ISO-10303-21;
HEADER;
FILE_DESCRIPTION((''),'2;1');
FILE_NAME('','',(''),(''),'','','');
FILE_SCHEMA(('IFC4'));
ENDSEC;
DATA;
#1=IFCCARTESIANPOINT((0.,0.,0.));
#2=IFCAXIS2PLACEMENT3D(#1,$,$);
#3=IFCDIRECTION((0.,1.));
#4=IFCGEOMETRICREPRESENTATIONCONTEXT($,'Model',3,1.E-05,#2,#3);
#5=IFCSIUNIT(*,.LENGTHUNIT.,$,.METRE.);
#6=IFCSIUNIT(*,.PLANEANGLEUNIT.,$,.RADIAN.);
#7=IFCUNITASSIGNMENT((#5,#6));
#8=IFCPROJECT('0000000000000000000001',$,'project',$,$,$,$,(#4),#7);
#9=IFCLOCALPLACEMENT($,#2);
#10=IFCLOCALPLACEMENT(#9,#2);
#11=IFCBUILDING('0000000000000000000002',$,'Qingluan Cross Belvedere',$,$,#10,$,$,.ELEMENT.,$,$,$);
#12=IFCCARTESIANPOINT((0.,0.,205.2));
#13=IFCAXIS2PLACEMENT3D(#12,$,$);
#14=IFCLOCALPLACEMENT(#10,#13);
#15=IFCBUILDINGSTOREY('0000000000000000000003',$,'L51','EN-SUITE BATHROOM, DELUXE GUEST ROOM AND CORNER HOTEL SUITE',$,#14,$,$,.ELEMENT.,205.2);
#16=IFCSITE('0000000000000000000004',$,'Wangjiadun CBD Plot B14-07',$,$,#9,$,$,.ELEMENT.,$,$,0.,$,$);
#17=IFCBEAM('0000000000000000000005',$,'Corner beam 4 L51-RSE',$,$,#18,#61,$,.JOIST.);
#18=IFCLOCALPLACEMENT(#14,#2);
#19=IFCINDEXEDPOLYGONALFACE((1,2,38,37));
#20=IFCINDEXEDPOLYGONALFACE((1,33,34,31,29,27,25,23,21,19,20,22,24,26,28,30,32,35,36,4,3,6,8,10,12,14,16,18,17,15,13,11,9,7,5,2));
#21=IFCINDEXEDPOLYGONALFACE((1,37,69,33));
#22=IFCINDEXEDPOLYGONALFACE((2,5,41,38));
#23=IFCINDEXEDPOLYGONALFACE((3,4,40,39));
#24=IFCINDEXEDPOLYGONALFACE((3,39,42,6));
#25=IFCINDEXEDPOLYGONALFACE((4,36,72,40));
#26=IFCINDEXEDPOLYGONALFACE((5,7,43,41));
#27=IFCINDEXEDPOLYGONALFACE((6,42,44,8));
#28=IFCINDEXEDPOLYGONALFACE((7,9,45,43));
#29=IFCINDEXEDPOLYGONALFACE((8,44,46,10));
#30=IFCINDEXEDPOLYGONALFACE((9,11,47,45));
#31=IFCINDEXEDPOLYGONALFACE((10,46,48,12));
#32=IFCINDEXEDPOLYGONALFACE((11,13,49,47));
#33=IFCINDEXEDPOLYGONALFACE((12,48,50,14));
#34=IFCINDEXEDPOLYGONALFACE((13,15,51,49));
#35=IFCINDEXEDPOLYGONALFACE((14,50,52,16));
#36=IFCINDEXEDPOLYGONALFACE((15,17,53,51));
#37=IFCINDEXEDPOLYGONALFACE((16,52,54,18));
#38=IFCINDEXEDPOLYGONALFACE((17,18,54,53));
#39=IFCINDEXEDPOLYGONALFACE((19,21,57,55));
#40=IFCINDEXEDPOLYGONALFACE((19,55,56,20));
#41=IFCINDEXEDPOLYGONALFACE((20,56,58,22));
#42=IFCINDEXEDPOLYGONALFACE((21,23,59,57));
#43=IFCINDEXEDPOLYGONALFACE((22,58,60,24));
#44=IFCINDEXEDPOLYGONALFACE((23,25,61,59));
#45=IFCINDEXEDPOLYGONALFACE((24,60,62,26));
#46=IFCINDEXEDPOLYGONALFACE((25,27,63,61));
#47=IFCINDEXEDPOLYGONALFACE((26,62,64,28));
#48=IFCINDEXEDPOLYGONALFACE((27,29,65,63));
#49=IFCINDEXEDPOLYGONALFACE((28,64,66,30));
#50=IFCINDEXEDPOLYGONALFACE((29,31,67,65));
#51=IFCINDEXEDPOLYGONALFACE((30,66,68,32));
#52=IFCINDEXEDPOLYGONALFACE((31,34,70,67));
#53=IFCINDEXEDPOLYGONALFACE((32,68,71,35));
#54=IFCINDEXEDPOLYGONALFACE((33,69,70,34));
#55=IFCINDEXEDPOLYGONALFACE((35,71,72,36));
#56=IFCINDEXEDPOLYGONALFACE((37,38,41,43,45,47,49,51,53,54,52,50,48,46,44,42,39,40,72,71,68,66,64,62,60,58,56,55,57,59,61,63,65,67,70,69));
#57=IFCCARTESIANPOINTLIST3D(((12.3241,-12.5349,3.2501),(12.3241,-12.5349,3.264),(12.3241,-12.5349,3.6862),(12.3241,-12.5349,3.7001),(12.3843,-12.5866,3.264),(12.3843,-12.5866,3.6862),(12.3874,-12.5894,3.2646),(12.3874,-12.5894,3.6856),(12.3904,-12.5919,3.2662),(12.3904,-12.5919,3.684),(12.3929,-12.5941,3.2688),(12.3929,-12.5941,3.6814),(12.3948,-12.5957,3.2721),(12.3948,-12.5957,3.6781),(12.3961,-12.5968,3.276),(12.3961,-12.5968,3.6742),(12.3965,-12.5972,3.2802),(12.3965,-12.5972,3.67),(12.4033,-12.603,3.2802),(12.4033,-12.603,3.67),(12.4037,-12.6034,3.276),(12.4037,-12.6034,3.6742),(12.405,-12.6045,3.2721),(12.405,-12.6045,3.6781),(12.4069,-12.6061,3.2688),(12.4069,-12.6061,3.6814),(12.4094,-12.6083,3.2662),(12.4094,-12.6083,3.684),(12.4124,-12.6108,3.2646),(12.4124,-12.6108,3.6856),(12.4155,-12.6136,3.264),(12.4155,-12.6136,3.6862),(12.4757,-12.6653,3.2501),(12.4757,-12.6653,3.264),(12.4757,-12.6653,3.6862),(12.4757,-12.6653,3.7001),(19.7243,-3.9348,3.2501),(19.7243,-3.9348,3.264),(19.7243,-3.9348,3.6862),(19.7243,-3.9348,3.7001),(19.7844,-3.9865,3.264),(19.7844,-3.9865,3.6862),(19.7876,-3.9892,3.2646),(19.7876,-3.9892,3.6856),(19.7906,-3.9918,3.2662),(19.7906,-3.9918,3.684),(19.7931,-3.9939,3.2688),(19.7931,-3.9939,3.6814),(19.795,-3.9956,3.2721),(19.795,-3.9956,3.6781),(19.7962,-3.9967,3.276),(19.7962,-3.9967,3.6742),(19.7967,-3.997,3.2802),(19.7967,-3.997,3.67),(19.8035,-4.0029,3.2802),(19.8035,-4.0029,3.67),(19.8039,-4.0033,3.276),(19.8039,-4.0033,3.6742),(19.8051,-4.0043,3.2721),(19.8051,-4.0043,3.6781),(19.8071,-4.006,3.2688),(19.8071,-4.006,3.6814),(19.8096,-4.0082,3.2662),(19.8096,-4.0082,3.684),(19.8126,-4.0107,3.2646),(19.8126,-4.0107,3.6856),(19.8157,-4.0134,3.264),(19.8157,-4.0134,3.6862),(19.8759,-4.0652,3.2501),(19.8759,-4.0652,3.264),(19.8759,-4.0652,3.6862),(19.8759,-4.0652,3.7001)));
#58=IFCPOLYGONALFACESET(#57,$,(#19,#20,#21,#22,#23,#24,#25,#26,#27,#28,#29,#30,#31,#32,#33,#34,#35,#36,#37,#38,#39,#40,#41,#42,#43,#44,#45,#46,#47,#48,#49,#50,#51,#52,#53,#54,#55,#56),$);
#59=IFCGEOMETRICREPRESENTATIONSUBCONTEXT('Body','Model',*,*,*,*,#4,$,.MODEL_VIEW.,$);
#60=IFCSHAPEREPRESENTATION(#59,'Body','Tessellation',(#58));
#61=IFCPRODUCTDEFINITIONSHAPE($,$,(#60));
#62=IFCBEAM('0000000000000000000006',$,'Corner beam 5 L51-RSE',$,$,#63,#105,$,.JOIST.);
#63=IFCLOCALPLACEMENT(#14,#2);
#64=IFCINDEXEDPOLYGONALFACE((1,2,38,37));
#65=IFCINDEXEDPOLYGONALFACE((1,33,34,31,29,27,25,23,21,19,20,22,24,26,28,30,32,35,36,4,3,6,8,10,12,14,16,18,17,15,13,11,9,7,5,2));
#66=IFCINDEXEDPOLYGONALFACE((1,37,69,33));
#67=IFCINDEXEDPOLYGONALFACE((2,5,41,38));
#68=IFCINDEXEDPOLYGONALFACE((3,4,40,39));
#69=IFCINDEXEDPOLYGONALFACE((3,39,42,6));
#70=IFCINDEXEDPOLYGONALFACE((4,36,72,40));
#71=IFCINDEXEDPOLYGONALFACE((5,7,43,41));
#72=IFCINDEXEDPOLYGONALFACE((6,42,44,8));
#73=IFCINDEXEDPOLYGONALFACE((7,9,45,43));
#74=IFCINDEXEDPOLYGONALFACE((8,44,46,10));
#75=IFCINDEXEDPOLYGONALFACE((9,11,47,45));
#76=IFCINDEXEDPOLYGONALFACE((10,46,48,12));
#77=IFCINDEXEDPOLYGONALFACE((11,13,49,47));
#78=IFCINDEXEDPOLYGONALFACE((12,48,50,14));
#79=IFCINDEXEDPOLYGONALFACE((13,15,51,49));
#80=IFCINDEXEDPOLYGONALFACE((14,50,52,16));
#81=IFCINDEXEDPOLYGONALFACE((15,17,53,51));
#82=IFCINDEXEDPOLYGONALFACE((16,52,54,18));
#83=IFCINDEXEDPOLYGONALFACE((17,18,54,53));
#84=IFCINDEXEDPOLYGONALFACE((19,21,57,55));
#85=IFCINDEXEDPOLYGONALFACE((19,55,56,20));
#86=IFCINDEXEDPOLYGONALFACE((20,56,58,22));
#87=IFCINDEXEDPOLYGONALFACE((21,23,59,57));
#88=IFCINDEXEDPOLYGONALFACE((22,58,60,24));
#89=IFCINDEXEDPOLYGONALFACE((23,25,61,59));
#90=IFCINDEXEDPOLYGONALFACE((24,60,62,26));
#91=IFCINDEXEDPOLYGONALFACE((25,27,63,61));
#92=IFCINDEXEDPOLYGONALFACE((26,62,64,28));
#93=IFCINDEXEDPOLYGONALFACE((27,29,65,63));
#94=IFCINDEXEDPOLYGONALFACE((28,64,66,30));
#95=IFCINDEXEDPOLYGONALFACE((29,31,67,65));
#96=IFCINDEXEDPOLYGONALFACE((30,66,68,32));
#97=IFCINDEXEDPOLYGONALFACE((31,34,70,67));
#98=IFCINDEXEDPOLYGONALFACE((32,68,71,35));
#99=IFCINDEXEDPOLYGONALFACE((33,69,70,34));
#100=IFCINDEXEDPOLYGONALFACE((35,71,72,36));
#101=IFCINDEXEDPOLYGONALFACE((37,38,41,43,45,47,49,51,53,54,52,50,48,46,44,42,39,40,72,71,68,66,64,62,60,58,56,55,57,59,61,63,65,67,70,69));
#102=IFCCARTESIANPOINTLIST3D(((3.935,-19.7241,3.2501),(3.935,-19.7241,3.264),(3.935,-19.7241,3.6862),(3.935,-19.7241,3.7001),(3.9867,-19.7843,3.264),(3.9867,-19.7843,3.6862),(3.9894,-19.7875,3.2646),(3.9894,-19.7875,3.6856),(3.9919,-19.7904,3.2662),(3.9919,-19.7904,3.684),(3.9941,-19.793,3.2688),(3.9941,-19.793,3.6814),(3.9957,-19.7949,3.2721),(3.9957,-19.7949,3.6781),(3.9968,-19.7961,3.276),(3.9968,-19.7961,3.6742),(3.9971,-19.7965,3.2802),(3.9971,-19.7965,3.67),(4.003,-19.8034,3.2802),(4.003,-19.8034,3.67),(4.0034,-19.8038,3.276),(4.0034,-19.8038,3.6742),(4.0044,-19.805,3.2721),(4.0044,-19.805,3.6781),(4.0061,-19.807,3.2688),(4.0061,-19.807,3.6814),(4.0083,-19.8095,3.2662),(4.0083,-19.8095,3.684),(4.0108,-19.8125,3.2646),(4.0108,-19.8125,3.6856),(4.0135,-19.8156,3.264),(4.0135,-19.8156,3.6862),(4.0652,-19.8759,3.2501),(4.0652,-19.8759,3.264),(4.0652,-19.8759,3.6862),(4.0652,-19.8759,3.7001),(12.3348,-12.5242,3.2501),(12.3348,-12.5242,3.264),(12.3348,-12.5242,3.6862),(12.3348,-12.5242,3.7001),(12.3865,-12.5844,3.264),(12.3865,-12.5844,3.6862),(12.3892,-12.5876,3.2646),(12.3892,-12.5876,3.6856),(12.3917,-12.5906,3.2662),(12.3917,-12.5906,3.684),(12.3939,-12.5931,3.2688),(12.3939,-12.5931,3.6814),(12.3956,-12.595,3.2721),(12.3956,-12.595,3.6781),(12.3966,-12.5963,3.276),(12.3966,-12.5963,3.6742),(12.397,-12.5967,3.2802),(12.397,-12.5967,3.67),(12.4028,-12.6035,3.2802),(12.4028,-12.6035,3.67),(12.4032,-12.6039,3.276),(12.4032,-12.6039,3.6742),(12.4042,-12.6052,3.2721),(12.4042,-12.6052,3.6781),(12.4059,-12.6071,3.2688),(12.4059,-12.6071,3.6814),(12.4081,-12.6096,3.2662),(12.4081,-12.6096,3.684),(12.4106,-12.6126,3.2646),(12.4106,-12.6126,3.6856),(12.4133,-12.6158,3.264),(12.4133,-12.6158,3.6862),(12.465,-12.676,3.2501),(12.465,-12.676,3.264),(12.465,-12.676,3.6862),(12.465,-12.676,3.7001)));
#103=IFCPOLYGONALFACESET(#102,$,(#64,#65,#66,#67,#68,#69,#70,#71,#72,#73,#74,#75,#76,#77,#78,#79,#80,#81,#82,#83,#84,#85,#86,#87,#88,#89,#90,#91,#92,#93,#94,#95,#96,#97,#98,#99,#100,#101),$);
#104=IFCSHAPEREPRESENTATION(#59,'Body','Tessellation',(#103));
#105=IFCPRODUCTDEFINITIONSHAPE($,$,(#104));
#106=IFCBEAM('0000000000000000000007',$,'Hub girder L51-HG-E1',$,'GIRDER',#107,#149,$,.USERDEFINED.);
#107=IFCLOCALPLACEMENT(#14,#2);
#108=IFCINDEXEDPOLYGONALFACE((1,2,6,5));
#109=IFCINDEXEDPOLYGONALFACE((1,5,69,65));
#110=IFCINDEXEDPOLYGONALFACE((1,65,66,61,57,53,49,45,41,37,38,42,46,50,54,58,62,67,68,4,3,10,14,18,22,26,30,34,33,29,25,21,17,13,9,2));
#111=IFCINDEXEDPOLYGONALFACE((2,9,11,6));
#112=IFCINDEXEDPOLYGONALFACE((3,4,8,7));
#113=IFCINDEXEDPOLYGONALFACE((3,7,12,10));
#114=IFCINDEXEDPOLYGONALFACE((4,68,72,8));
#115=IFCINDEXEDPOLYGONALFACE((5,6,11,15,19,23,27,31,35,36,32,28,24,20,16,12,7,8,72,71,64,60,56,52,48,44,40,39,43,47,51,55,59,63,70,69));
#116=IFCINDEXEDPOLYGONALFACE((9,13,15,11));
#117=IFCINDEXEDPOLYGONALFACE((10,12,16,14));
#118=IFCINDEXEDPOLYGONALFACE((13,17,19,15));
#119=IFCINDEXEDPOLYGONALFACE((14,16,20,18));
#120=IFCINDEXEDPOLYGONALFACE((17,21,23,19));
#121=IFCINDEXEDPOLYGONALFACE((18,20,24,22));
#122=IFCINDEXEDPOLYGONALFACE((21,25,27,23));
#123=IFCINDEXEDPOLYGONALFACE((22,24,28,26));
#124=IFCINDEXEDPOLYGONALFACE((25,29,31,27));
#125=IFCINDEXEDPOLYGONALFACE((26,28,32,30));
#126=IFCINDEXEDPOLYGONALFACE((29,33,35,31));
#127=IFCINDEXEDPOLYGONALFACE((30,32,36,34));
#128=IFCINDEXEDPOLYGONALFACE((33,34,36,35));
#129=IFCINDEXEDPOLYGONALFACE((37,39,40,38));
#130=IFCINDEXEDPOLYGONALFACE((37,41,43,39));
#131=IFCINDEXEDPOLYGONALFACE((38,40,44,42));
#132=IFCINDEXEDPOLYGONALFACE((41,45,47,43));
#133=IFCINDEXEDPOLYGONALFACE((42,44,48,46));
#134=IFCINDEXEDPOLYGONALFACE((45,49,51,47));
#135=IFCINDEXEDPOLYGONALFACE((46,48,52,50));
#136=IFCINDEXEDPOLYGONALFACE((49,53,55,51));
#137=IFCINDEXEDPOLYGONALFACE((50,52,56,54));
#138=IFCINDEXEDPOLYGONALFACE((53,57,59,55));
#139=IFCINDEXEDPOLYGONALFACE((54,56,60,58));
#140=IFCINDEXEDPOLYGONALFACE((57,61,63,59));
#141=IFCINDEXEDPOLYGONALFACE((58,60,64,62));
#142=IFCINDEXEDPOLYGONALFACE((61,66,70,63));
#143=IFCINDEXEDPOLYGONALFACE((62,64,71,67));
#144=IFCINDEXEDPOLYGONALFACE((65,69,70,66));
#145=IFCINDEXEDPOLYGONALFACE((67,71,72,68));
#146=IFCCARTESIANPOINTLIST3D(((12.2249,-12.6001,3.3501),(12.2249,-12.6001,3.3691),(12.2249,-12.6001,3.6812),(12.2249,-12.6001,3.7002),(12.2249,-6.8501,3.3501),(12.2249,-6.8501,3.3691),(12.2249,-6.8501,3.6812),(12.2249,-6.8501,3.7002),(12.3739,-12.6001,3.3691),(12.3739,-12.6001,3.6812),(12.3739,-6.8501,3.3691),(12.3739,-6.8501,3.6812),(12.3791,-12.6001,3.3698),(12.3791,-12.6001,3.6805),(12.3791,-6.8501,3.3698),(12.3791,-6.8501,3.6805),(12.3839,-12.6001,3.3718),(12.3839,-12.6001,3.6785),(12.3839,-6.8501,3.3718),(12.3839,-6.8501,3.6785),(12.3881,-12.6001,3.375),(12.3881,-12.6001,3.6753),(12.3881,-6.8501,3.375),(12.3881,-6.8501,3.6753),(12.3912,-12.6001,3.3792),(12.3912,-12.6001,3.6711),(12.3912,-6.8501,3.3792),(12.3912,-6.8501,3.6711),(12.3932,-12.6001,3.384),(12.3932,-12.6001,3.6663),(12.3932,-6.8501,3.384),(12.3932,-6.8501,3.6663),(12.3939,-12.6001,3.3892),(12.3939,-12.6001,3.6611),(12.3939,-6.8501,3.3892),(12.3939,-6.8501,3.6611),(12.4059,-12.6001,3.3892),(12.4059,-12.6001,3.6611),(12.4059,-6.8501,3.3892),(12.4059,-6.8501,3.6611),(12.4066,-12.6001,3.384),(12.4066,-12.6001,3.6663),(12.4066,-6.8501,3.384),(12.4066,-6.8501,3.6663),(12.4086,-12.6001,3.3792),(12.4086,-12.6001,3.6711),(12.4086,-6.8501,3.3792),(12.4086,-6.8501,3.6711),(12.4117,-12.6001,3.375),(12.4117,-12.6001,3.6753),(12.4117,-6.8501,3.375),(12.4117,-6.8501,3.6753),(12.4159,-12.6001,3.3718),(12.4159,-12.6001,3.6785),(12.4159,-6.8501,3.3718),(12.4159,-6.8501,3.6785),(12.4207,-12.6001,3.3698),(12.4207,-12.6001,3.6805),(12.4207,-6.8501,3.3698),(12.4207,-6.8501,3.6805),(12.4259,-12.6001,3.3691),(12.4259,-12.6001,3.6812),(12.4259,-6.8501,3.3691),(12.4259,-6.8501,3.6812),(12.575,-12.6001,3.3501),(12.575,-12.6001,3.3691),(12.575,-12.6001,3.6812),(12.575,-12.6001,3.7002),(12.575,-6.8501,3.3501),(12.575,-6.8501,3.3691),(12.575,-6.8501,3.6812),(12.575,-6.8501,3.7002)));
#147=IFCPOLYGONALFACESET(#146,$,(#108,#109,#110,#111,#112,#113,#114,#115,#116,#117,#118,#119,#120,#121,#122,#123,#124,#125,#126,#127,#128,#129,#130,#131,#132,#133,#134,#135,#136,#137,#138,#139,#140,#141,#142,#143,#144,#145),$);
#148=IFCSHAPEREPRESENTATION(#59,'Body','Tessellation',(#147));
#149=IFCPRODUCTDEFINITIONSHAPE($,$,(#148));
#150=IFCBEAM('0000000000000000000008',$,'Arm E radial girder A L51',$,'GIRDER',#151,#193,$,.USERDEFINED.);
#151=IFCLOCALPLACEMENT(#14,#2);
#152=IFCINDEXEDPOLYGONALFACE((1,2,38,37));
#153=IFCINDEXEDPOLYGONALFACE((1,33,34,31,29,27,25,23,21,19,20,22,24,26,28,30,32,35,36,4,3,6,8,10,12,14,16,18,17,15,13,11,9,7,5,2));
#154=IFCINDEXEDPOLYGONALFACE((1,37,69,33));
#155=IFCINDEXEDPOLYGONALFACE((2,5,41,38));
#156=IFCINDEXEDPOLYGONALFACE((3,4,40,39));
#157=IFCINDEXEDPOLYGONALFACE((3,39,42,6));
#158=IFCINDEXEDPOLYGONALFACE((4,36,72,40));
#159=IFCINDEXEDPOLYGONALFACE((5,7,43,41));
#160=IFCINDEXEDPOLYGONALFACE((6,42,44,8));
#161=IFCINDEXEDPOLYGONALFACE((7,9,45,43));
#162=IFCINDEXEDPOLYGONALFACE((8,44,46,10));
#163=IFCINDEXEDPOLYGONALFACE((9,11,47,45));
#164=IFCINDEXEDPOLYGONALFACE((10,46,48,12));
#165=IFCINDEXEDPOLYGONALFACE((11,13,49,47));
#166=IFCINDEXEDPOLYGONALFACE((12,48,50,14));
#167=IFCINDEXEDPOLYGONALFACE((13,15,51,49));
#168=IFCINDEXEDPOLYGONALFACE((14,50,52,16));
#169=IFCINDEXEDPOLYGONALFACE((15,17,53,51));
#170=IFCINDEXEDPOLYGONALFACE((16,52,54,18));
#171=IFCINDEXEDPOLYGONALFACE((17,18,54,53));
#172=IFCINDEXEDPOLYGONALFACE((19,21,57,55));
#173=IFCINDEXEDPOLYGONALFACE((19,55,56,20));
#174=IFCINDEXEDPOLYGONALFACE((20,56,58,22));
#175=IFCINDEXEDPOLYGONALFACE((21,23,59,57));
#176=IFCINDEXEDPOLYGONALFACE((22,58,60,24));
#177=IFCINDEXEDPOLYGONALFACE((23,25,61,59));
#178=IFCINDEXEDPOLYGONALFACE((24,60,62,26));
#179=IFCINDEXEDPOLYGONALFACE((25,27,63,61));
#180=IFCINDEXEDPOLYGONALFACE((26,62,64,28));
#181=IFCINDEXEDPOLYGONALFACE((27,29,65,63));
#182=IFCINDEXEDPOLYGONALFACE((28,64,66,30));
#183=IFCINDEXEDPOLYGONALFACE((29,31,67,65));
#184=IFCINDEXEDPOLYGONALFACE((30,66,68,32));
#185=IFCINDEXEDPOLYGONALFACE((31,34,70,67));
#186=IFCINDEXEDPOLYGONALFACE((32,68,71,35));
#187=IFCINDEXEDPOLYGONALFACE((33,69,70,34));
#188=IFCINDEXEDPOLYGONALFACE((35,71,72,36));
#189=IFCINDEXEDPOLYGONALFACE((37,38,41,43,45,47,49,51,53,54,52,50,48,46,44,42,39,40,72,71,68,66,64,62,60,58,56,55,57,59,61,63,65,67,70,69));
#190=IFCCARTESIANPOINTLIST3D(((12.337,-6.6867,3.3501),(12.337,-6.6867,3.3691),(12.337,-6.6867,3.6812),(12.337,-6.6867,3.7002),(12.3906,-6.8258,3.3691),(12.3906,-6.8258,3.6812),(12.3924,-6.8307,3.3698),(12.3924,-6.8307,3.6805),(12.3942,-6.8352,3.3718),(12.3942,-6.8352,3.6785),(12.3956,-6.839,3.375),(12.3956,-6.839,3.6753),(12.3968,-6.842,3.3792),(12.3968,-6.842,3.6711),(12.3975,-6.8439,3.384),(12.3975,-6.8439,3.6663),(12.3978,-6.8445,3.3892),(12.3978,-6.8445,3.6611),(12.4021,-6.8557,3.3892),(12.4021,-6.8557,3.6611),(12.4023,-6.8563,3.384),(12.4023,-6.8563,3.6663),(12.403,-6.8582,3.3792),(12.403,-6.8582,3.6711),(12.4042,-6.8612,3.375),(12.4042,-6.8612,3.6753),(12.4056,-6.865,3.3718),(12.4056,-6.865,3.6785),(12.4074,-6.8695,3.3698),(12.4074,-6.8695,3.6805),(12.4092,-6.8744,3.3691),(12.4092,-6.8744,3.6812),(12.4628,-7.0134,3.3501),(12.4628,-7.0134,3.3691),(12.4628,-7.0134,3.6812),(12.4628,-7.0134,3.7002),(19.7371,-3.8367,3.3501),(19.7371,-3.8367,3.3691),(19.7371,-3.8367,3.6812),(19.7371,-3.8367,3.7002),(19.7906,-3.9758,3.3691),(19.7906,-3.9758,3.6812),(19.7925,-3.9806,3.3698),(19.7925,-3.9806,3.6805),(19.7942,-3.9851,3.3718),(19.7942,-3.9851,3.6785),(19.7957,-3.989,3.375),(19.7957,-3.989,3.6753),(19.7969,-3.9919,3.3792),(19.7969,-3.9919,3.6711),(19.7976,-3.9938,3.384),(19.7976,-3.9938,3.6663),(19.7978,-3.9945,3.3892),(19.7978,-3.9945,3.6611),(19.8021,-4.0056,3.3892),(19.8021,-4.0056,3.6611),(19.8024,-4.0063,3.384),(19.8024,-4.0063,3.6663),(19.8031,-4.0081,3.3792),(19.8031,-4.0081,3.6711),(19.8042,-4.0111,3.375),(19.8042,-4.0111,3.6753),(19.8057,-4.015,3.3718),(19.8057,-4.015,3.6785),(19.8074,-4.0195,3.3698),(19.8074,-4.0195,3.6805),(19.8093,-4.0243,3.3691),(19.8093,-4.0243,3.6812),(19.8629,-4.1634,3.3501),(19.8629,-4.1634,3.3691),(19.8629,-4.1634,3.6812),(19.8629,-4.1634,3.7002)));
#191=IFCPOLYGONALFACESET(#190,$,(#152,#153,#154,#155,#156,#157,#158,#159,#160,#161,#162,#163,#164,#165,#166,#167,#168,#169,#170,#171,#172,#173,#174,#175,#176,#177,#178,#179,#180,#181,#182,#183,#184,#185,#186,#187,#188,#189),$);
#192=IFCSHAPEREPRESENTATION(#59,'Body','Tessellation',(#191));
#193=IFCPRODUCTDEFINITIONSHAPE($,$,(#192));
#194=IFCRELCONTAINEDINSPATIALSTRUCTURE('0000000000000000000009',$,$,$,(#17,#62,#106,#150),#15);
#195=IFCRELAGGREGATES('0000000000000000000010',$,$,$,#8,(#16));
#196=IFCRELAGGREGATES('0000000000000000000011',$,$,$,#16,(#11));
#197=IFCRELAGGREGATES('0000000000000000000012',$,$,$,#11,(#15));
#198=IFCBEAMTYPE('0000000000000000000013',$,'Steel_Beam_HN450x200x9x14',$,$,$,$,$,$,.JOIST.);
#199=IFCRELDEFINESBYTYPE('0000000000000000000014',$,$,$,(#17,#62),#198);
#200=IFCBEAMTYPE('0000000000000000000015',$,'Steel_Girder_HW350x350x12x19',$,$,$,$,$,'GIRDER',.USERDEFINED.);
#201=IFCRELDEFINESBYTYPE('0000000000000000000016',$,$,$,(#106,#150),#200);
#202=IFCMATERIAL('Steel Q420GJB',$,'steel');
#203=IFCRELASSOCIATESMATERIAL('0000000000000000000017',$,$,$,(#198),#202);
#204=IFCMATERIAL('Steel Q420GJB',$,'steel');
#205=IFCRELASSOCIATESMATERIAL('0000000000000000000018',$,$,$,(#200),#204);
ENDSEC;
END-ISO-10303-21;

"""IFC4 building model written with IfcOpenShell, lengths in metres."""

from ifc_helpers import new_model, si_unit, direction, frame, origin, origin_2d, place, context, subcontext, project, spatial, i_section, extrude, material, material_profile, profile_set, type_object, element, save


model = new_model("IFC4")

# Units and contexts
model_context = context("Model", 3, precision=1e-05, world=origin(), true_north=direction((0.0, 1.0)))
body_context = subcontext(model_context, "Body", "Model", "MODEL_VIEW")
ifc_project = project(units=[si_unit("LENGTHUNIT", "METRE"), si_unit("PLANEANGLEUNIT", "RADIAN")], contexts=[model_context])

# Site, building, storey
site_placement = place(None, origin())
site = spatial("IfcSite", under=ifc_project, at=site_placement, Name="Wangjiadun CBD Plot B14-07", CompositionType="ELEMENT", RefElevation=0.0)
building_placement = place(site_placement, origin())
building = spatial("IfcBuilding", under=site, at=building_placement, Name="Qingluan Cross Belvedere", CompositionType="ELEMENT")
storey_placement = place(building_placement, frame((0.0, 0.0, 205.2)))
storey = spatial("IfcBuildingStorey", under=building, at=storey_placement, Name="L51", Description="EN-SUITE BATHROOM, DELUXE GUEST ROOM AND CORNER HOTEL SUITE", CompositionType="ELEMENT", Elevation=205.2)

# Beams
ifc_material_1 = material(Name="Steel Q420GJB", Category="steel")
ifc_material_profile_1 = material_profile(ifc_material_1, i_section(OverallWidth=0.2, OverallDepth=0.45, WebThickness=0.009, FlangeThickness=0.0139, FilletRadius=0.0161, at=origin_2d()), Name="HN450x200x9x14")
ifc_profile_set_1 = profile_set([ifc_material_profile_1], Name="Steel Q420GJB")
beam_type_1 = type_object("IfcBeamType", Name="Steel_Beam_HN450x200x9x14", PredefinedType="JOIST", material=ifc_profile_set_1)
beam_1_placement = place(storey_placement, frame((12.3999, -12.6001, 3.4751), z_axis=(0.652245, 0.758008, 0.0), x_axis=(-0.758008, 0.652245, 0.0)))
element("IfcBeam", 1, at=beam_1_placement, inside=storey, type_object=beam_type_1, Name="Corner beam 4 L51-RSE", PredefinedType="JOIST", context=body_context, shape_type="SweptSolid", body=[
    extrude(i_section(OverallWidth=0.2, OverallDepth=0.45, WebThickness=0.009, FlangeThickness=0.0139, FilletRadius=0.0161, at=origin_2d()), origin(), (0.0, 0.0, 1.0), 11.3457),
])
beam_2_placement = place(storey_placement, frame((12.3999, -12.6001, 3.4751), z_axis=(-0.759255, -0.650793, 0.0), x_axis=(0.650793, -0.759255, 0.0)))
element("IfcBeam", 2, at=beam_2_placement, inside=storey, type_object=beam_type_1, Name="Corner beam 5 L51-RSE", PredefinedType="JOIST", context=body_context, shape_type="SweptSolid", body=[
    extrude(i_section(OverallWidth=0.2, OverallDepth=0.45, WebThickness=0.009, FlangeThickness=0.0139, FilletRadius=0.0161, at=origin_2d()), origin(), (0.0, 0.0, 1.0), 11.0632),
])
ifc_material_2 = material(Name="Steel Q420GJB", Category="steel")
ifc_material_profile_2 = material_profile(ifc_material_2, i_section(OverallWidth=0.3501, OverallDepth=0.3501, WebThickness=0.012, FlangeThickness=0.019, FilletRadius=0.02, at=origin_2d()), Name="HW350x350x12x19")
ifc_profile_set_2 = profile_set([ifc_material_profile_2], Name="Steel Q420GJB")
beam_type_2 = type_object("IfcBeamType", Name="Steel_Girder_HW350x350x12x19", ElementType="GIRDER", PredefinedType="USERDEFINED", material=ifc_profile_set_2)
beam_3_placement = place(storey_placement, frame((12.3999, -12.6001, 3.5251), z_axis=(0.0, 1.0, 0.0), x_axis=(-1.0, 0.0, 0.0)))
element("IfcBeam", 3, at=beam_3_placement, inside=storey, type_object=beam_type_2, Name="Hub girder L51-HG-E1", ObjectType="GIRDER", PredefinedType="USERDEFINED", context=body_context, shape_type="SweptSolid", body=[
    extrude(i_section(OverallWidth=0.3501, OverallDepth=0.3501, WebThickness=0.012, FlangeThickness=0.019, FilletRadius=0.02, at=origin_2d()), origin(), (0.0, 0.0, 1.0), 5.75),
])
beam_4_placement = place(storey_placement, frame((12.3999, -6.8501, 3.5251), z_axis=(0.933181, 0.359406, 0.0), x_axis=(-0.359406, 0.933181, 0.0)))
element("IfcBeam", 4, at=beam_4_placement, inside=storey, type_object=beam_type_2, Name="Arm E radial girder A L51", ObjectType="GIRDER", PredefinedType="USERDEFINED", context=body_context, shape_type="SweptSolid", body=[
    extrude(i_section(OverallWidth=0.3501, OverallDepth=0.3501, WebThickness=0.012, FlangeThickness=0.019, FilletRadius=0.02, at=origin_2d()), origin(), (0.0, 0.0, 1.0), 7.9299),
])

save(model, "model.ifc")
